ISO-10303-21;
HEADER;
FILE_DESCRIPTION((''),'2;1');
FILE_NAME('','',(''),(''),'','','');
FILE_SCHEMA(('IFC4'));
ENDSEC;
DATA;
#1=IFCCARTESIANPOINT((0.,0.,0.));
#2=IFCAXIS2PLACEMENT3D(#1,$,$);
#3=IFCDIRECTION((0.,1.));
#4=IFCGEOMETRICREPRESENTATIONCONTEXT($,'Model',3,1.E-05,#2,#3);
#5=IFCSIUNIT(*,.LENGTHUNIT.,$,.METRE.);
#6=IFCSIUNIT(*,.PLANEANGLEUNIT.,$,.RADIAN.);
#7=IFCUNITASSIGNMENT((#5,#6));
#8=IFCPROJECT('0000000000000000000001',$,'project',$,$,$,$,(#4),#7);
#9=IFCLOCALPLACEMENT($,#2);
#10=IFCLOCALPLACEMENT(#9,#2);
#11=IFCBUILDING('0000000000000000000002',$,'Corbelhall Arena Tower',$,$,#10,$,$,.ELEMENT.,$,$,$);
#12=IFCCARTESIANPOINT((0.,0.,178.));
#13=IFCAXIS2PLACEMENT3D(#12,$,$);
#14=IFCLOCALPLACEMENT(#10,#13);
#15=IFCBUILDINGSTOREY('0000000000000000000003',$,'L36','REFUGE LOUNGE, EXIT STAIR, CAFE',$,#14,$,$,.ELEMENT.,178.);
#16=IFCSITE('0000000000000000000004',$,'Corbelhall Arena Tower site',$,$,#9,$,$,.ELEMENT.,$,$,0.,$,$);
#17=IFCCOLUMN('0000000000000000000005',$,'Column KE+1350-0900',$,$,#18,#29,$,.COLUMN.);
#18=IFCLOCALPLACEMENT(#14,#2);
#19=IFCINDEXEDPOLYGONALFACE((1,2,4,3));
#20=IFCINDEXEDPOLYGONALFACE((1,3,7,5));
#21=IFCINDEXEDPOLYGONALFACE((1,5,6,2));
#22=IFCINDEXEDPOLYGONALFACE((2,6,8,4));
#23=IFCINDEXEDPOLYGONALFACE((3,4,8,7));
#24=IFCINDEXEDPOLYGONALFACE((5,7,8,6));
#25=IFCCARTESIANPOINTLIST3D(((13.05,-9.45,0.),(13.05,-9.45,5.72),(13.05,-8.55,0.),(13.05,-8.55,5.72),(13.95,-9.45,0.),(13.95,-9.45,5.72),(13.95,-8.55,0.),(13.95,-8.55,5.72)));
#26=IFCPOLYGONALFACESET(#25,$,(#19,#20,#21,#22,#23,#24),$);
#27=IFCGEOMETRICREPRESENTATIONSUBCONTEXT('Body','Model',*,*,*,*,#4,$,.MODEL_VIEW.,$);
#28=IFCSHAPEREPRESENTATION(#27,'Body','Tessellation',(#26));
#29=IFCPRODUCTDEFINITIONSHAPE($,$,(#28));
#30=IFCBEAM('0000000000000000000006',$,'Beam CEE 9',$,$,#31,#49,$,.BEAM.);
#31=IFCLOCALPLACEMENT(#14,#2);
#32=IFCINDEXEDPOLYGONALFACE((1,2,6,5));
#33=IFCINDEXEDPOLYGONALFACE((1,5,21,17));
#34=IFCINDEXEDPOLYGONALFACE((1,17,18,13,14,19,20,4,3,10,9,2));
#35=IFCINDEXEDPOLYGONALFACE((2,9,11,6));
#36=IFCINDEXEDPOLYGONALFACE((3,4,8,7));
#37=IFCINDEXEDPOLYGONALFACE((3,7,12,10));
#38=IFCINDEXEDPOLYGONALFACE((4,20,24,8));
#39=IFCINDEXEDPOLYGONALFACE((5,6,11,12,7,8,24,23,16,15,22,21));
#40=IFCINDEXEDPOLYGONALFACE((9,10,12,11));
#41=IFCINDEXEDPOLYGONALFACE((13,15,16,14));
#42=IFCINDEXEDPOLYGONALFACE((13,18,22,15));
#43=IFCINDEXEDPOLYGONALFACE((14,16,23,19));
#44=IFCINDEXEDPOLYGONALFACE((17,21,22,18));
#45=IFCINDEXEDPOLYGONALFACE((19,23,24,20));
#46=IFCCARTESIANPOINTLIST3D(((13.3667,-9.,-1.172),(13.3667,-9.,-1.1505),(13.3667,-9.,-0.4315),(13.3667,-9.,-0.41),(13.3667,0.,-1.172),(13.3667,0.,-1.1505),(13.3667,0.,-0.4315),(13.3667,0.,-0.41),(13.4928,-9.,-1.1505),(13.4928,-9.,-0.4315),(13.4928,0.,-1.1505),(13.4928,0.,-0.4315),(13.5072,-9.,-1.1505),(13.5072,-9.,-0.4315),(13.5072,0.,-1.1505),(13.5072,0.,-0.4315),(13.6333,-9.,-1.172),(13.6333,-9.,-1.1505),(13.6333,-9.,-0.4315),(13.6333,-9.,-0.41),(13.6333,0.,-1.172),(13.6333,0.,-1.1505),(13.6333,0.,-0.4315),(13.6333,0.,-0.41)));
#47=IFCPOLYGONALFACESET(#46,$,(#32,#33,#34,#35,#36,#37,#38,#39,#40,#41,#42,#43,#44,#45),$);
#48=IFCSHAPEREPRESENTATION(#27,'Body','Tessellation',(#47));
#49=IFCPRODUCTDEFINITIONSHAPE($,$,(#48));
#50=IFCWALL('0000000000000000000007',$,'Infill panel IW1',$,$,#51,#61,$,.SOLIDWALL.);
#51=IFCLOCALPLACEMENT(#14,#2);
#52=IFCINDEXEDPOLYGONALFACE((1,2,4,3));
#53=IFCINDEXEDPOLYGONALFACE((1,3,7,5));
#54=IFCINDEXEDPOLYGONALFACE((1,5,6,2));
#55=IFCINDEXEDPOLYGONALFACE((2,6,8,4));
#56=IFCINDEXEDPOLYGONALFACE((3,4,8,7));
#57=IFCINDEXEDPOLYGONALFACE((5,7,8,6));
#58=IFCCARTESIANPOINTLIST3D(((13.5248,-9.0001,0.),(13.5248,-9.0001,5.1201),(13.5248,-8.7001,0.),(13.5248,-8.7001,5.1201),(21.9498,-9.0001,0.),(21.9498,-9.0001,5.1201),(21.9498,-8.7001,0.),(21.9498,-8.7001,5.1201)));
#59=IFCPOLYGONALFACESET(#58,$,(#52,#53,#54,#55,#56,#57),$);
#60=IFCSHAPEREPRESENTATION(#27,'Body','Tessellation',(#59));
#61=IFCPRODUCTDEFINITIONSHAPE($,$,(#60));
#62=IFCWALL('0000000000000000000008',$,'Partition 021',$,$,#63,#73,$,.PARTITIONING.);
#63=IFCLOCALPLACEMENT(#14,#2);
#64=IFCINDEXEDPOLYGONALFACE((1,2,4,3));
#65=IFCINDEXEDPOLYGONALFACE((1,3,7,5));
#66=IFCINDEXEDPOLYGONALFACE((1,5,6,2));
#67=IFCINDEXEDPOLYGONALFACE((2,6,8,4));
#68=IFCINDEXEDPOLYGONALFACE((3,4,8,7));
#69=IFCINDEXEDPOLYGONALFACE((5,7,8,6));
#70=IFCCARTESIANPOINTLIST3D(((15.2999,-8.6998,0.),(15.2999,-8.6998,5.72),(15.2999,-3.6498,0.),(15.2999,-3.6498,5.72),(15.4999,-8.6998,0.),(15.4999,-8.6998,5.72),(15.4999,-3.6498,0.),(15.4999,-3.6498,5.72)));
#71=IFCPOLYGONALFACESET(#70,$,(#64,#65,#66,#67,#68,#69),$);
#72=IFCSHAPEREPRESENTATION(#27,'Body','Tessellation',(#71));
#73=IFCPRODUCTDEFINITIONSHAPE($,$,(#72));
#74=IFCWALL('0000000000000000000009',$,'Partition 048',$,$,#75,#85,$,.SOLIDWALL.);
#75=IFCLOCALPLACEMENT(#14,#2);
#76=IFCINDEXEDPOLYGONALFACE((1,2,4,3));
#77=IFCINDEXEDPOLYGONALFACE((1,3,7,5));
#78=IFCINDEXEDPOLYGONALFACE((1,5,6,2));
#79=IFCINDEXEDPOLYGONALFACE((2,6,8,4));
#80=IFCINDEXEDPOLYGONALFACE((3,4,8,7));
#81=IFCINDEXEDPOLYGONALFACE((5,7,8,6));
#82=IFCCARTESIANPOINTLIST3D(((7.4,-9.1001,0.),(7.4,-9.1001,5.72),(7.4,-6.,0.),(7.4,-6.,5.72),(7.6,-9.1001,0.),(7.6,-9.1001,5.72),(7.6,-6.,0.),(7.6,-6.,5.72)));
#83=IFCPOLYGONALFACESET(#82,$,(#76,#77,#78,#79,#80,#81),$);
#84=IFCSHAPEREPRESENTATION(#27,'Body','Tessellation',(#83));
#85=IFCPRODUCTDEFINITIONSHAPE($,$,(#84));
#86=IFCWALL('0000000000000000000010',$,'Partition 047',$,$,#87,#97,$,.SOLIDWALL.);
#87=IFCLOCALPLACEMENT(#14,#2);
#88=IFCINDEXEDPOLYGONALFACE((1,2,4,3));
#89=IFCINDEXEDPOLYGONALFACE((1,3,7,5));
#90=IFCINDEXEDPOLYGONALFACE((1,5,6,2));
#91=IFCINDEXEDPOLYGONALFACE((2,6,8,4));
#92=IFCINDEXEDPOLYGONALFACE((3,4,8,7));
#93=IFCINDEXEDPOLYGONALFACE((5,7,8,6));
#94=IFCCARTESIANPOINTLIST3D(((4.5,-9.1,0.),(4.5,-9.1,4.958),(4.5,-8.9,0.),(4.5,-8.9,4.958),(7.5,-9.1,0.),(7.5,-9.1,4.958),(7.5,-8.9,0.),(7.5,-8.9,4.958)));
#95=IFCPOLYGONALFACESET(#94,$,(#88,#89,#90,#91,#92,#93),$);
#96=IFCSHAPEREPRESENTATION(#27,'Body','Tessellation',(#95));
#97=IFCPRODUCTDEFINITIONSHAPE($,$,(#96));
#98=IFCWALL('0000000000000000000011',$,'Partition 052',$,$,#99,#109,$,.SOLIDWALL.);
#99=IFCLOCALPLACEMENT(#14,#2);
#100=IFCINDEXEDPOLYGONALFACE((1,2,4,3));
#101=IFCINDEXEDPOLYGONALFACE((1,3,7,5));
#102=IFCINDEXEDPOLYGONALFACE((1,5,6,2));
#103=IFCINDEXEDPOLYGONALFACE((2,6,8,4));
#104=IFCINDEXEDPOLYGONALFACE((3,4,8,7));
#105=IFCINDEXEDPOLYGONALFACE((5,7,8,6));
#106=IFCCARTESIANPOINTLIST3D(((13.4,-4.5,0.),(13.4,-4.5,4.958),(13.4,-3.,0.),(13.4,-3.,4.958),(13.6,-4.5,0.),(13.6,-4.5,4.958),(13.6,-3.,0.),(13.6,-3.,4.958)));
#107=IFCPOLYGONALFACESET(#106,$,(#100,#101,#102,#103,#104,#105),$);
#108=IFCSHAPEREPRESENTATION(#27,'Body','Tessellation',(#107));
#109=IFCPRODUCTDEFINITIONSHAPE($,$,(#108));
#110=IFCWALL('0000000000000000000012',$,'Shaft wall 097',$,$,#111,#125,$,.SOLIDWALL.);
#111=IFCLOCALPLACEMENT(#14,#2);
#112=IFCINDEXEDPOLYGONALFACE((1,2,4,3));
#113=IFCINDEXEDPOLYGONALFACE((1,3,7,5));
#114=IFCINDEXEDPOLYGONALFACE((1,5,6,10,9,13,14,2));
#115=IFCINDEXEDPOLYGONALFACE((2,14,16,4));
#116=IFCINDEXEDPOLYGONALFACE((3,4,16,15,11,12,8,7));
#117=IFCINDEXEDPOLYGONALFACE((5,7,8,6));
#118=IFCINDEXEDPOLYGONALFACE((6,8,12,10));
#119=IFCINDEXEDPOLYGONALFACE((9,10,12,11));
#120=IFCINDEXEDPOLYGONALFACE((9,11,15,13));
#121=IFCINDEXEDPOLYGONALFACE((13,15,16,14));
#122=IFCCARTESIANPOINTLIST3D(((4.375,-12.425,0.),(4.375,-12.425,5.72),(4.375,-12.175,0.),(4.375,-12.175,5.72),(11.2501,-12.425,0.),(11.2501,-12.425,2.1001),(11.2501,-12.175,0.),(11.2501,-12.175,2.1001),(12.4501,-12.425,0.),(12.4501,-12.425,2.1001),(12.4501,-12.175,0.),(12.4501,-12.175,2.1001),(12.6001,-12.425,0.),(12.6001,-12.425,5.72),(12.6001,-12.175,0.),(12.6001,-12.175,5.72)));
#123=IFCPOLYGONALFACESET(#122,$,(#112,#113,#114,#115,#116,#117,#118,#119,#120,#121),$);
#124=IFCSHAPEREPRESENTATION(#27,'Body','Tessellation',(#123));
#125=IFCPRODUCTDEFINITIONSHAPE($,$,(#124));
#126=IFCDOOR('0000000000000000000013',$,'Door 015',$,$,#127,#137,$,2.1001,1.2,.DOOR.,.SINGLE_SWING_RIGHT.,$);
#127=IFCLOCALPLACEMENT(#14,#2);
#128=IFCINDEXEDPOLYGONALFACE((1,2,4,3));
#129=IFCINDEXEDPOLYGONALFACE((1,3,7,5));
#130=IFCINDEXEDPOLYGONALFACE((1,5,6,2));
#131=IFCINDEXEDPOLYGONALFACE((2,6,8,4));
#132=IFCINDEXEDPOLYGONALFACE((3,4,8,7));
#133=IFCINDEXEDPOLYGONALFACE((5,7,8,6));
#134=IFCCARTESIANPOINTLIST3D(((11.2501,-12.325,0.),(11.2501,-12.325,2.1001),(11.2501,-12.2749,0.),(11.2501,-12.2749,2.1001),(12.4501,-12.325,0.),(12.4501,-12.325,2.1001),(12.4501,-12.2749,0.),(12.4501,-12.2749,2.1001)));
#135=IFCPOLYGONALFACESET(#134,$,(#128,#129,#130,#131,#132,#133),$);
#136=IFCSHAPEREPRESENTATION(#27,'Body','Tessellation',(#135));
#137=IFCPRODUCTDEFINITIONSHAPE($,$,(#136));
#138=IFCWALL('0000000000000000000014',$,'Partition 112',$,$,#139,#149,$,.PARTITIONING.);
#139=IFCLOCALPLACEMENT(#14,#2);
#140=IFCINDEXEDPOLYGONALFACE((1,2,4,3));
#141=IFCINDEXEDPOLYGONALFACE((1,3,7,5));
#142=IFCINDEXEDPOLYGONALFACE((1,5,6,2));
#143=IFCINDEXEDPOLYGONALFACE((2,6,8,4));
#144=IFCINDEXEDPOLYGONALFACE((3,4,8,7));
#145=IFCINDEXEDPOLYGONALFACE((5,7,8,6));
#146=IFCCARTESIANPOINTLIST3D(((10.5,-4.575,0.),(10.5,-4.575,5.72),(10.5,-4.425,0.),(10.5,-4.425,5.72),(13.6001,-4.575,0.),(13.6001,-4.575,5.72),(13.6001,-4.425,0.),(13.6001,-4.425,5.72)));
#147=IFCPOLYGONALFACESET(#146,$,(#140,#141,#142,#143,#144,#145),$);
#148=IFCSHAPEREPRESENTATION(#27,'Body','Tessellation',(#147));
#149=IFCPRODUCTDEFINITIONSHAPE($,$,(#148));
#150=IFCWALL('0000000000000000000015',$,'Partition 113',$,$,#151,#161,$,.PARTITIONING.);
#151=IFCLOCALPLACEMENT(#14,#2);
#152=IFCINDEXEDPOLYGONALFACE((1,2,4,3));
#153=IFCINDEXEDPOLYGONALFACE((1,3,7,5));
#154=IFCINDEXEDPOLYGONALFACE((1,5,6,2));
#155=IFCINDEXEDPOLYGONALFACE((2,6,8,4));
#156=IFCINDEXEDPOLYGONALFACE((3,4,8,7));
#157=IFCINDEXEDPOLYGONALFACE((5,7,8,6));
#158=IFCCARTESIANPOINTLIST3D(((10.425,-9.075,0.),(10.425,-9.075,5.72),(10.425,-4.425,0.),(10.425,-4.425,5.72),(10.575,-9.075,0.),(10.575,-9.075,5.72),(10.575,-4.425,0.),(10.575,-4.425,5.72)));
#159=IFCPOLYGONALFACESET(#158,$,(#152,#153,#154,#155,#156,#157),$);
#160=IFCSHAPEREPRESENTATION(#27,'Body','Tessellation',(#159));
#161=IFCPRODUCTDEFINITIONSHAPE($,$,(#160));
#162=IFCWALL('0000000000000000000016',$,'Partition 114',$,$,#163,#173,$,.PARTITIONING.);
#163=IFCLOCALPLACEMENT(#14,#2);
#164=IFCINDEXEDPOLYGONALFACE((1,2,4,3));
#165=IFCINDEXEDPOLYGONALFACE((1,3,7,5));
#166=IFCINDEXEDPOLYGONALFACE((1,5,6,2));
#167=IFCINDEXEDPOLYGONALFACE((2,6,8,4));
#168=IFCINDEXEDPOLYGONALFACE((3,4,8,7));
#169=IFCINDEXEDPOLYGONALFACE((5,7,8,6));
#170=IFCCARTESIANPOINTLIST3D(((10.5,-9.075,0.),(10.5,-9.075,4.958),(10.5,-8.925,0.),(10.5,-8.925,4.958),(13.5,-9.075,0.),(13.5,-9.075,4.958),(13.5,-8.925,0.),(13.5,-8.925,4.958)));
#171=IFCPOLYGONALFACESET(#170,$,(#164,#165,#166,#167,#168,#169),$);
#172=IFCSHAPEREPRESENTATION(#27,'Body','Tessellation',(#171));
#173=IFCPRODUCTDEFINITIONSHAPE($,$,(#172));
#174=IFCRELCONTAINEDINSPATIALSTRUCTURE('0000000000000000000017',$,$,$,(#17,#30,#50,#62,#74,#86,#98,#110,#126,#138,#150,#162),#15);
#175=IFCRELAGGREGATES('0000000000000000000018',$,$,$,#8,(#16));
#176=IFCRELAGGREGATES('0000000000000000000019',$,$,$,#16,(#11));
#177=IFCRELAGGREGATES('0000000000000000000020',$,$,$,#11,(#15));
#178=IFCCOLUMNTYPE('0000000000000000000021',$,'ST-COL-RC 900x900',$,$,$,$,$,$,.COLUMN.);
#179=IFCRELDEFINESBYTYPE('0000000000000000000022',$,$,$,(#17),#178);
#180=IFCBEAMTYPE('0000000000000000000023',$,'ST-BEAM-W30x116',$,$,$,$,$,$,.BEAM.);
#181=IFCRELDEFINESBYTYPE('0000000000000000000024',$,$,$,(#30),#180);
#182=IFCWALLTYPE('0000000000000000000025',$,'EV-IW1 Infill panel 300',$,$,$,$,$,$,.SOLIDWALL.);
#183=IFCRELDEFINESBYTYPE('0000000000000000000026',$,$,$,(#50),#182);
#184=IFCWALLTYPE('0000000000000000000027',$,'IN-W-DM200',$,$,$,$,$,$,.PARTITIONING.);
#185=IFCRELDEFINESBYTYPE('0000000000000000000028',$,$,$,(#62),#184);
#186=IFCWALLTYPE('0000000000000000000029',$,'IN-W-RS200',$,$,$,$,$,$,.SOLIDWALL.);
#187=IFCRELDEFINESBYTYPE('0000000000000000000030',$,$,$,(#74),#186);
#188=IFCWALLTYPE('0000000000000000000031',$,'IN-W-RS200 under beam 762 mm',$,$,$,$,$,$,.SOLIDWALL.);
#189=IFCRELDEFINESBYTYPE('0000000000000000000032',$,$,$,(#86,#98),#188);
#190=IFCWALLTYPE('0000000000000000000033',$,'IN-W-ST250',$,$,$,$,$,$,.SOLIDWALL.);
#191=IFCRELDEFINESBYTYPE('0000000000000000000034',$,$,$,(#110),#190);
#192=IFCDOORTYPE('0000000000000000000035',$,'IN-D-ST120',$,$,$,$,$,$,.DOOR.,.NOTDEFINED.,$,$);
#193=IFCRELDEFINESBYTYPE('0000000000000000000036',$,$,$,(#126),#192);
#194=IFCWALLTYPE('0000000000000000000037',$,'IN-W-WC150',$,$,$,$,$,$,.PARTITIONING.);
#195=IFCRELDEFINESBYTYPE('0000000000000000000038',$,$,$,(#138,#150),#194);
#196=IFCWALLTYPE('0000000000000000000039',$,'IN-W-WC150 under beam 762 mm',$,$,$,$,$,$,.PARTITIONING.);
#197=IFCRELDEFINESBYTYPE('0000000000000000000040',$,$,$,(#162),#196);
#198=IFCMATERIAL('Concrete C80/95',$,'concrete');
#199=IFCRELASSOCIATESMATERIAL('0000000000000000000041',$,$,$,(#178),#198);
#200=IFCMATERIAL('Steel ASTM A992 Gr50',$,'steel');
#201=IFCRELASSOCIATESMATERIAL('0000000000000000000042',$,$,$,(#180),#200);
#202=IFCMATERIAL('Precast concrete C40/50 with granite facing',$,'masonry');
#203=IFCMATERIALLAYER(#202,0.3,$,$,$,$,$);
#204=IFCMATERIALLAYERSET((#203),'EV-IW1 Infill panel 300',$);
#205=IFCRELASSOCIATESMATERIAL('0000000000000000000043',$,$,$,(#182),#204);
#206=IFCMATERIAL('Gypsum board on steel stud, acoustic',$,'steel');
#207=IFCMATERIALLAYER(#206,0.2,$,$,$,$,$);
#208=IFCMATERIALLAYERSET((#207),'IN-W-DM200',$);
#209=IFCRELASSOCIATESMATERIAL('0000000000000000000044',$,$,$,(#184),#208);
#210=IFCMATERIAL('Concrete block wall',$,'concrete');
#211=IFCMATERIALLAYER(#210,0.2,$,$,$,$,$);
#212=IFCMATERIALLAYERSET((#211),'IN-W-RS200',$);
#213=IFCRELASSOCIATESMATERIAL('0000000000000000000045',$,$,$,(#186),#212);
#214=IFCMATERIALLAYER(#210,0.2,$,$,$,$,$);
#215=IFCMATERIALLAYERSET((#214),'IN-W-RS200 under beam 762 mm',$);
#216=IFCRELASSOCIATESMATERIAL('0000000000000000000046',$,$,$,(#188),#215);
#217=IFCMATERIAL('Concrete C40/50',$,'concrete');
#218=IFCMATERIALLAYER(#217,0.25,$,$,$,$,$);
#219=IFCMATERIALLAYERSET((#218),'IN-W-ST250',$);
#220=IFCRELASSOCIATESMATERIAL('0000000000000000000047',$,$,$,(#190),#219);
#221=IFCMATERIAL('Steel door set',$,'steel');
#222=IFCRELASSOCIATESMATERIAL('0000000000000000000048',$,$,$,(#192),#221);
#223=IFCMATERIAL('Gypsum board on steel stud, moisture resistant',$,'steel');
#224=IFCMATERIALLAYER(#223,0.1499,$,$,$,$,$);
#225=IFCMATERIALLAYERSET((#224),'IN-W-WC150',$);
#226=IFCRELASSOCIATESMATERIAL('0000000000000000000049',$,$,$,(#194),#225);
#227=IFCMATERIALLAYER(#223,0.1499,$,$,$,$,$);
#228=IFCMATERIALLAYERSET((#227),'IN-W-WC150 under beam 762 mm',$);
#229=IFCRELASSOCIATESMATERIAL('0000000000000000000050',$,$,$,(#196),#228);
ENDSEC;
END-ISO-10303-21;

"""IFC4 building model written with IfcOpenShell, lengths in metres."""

from ifc_helpers import new_model, si_unit, direction, frame, frame_2d, origin, origin_2d, place, context, subcontext, project, spatial, rectangle, i_section, extrude, material, layer, layer_set, material_profile, profile_set, type_object, element, fill, save


model = new_model("IFC4")

# Units and contexts
model_context = context("Model", 3, precision=1e-05, world=origin(), true_north=direction((0.0, 1.0)))
body_context = subcontext(model_context, "Body", "Model", "MODEL_VIEW")
ifc_project = project(units=[si_unit("LENGTHUNIT", "METRE"), si_unit("PLANEANGLEUNIT", "RADIAN")], contexts=[model_context])

# Site, building, storey
site_placement = place(None, origin())
site = spatial("IfcSite", under=ifc_project, at=site_placement, Name="Corbelhall Arena Tower site", CompositionType="ELEMENT", RefElevation=0.0)
building_placement = place(site_placement, origin())
building = spatial("IfcBuilding", under=site, at=building_placement, Name="Corbelhall Arena Tower", CompositionType="ELEMENT")
storey_placement = place(building_placement, frame((0.0, 0.0, 178.0)))
storey = spatial("IfcBuildingStorey", under=building, at=storey_placement, Name="L36", Description="REFUGE LOUNGE, EXIT STAIR, CAFE", CompositionType="ELEMENT", Elevation=178.0)

# Column
ifc_material_1 = material(Name="Concrete C80/95", Category="concrete")
ifc_material_profile_1 = material_profile(ifc_material_1, rectangle(XDim=0.8999, YDim=0.8999, at=origin_2d()))
ifc_profile_set_1 = profile_set([ifc_material_profile_1], Name="Concrete C80/95")
column_type = type_object("IfcColumnType", Name="ST-COL-RC 900x900", PredefinedType="COLUMN", material=ifc_profile_set_1)
column_placement = place(storey_placement, frame((13.5, -9.0, 0.0), z_axis=(0.0, 0.0, 1.0), x_axis=(1.0, 0.0, 0.0)))
element("IfcColumn", 1, at=column_placement, inside=storey, type_object=column_type, Name="Column KE+1350-0900", PredefinedType="COLUMN", context=body_context, shape_type="SweptSolid", body=[
    extrude(rectangle(XDim=0.8999, YDim=0.8999, at=origin_2d()), origin(), (0.0, 0.0, 1.0), 5.72),
])

# Beam
ifc_material_2 = material(Name="Steel ASTM A992 Gr50", Category="steel")
ifc_material_profile_2 = material_profile(ifc_material_2, i_section(OverallWidth=0.2666, OverallDepth=0.762, WebThickness=0.0144, FlangeThickness=0.0215, at=origin_2d()))
ifc_profile_set_2 = profile_set([ifc_material_profile_2], Name="Steel ASTM A992 Gr50")
beam_type = type_object("IfcBeamType", Name="ST-BEAM-W30x116", PredefinedType="BEAM", material=ifc_profile_set_2)
beam_placement = place(storey_placement, frame((13.5, -9.0, -0.791), z_axis=(0.0, 1.0, 0.0), x_axis=(-1.0, 0.0, 0.0)))
element("IfcBeam", 2, at=beam_placement, inside=storey, type_object=beam_type, Name="Beam CEE 9", PredefinedType="BEAM", context=body_context, shape_type="SweptSolid", body=[
    extrude(i_section(OverallWidth=0.2666, OverallDepth=0.762, WebThickness=0.0144, FlangeThickness=0.0215, at=origin_2d()), origin(), (0.0, 0.0, 1.0), 9.0),
])

# Shared definitions
ifc_material_3 = material(Name="Precast concrete C40/50 with granite facing", Category="masonry")
ifc_layer_1 = layer(ifc_material_3, 0.3)
ifc_layer_set_1 = layer_set([ifc_layer_1], Name="EV-IW1 Infill panel 300")
wall_type_1 = type_object("IfcWallType", Name="EV-IW1 Infill panel 300", PredefinedType="SOLIDWALL", material=ifc_layer_set_1)

# Walls
wall_1_placement = place(storey_placement, frame((13.5249, -8.8501, 0.0), z_axis=(0.0, 0.0, 1.0), x_axis=(1.0, 0.0, 0.0)))
element("IfcWall", 3, at=wall_1_placement, inside=storey, type_object=wall_type_1, Name="Infill panel IW1", PredefinedType="SOLIDWALL", context=body_context, shape_type="SweptSolid", body=[
    extrude(rectangle(XDim=8.425, YDim=0.3, at=frame_2d((4.2124, 0.0))), origin(), (0.0, 0.0, 1.0), 5.1201),
])
ifc_material_4 = material(Name="Gypsum board on steel stud, acoustic", Category="steel")
ifc_layer_2 = layer(ifc_material_4, 0.2)
ifc_layer_set_2 = layer_set([ifc_layer_2], Name="IN-W-DM200")
wall_type_2 = type_object("IfcWallType", Name="IN-W-DM200", PredefinedType="PARTITIONING", material=ifc_layer_set_2)
wall_2_placement = place(storey_placement, frame((15.3999, -3.6499, 0.0), z_axis=(0.0, 0.0, 1.0), x_axis=(0.0, -1.0, 0.0)))
element("IfcWall", 4, at=wall_2_placement, inside=storey, type_object=wall_type_2, Name="Partition 021", PredefinedType="PARTITIONING", context=body_context, shape_type="SweptSolid", body=[
    extrude(rectangle(XDim=5.05, YDim=0.2, at=frame_2d((2.5249, 0.0))), origin(), (0.0, 0.0, 1.0), 5.72),
])

# Shared definitions
ifc_material_5 = material(Name="Steel door set", Category="steel")

# Wall
ifc_material_6 = material(Name="Concrete block wall", Category="concrete")
ifc_layer_3 = layer(ifc_material_6, 0.2)
ifc_layer_set_3 = layer_set([ifc_layer_3], Name="IN-W-RS200")
wall_type_3 = type_object("IfcWallType", Name="IN-W-RS200", PredefinedType="SOLIDWALL", material=ifc_layer_set_3)
wall_3_placement = place(storey_placement, frame((7.5, -6.0, 0.0), z_axis=(0.0, 0.0, 1.0), x_axis=(0.0, -1.0, 0.0)))
element("IfcWall", 5, at=wall_3_placement, inside=storey, type_object=wall_type_3, Name="Partition 048", PredefinedType="SOLIDWALL", context=body_context, shape_type="SweptSolid", body=[
    extrude(rectangle(XDim=3.1001, YDim=0.2, at=frame_2d((1.55, 0.0))), origin(), (0.0, 0.0, 1.0), 5.72),
])

# Walls
ifc_layer_4 = layer(ifc_material_6, 0.2)
ifc_layer_set_4 = layer_set([ifc_layer_4], Name="IN-W-RS200 under beam 762 mm")
wall_type_4 = type_object("IfcWallType", Name="IN-W-RS200 under beam 762 mm", PredefinedType="SOLIDWALL", material=ifc_layer_set_4)
wall_4_placement = place(storey_placement, frame((7.5, -9.0, 0.0), z_axis=(0.0, 0.0, 1.0), x_axis=(-1.0, 0.0, 0.0)))
element("IfcWall", 6, at=wall_4_placement, inside=storey, type_object=wall_type_4, Name="Partition 047", PredefinedType="SOLIDWALL", context=body_context, shape_type="SweptSolid", body=[
    extrude(rectangle(XDim=3.0, YDim=0.2, at=frame_2d((1.5, 0.0))), origin(), (0.0, 0.0, 1.0), 4.958),
])
wall_5_placement = place(storey_placement, frame((13.5, -3.0, 0.0), z_axis=(0.0, 0.0, 1.0), x_axis=(0.0, -1.0, 0.0)))
element("IfcWall", 7, at=wall_5_placement, inside=storey, type_object=wall_type_4, Name="Partition 052", PredefinedType="SOLIDWALL", context=body_context, shape_type="SweptSolid", body=[
    extrude(rectangle(XDim=1.5, YDim=0.2, at=frame_2d((0.75, 0.0))), origin(), (0.0, 0.0, 1.0), 4.958),
])

# Wall, opening, door
ifc_material_7 = material(Name="Concrete C40/50", Category="concrete")
ifc_layer_5 = layer(ifc_material_7, 0.25)
ifc_layer_set_5 = layer_set([ifc_layer_5], Name="IN-W-ST250")
wall_type_5 = type_object("IfcWallType", Name="IN-W-ST250", PredefinedType="SOLIDWALL", material=ifc_layer_set_5)
wall_6_placement = place(storey_placement, frame((12.6001, -12.3, 0.0), z_axis=(0.0, 0.0, 1.0), x_axis=(-1.0, 0.0, 0.0)))
wall_6 = element("IfcWall", 8, at=wall_6_placement, inside=storey, type_object=wall_type_5, Name="Shaft wall 097", PredefinedType="SOLIDWALL", context=body_context, shape_type="SweptSolid", body=[
    extrude(rectangle(XDim=8.2251, YDim=0.25, at=frame_2d((4.1125, 0.0))), origin(), (0.0, 0.0, 1.0), 5.72),
])
opening_1_placement = place(wall_6_placement, frame((0.1499, 0.0, 0.0)))
opening_1 = element("IfcOpeningElement", 9, at=opening_1_placement, cuts=wall_6, PredefinedType="OPENING", context=body_context, shape_type="SweptSolid", body=[
    extrude(rectangle(XDim=1.2, YDim=2.1001, at=frame_2d((0.6001, 1.05))), frame((0.0, 0.125, 0.0), z_axis=(0.0, -1.0, 0.0), x_axis=(1.0, 0.0, 0.0)), (0.0, 0.0, 1.0), 0.25),
])
door_type_1 = type_object("IfcDoorType", Name="IN-D-ST120", OperationType="NOTDEFINED", PredefinedType="DOOR", material=ifc_material_5)
door_1_placement = place(opening_1_placement, origin())
door_1 = element("IfcDoor", 10, at=door_1_placement, inside=storey, type_object=door_type_1, Name="Door 015", OperationType="SINGLE_SWING_RIGHT", OverallHeight=2.1001, OverallWidth=1.2, PredefinedType="DOOR", context=body_context, shape_type="SweptSolid", body=[
    extrude(rectangle(XDim=1.2, YDim=2.1001, at=frame_2d((0.6001, 1.05))), frame((0.0, 0.0249, 0.0), z_axis=(0.0, -1.0, 0.0), x_axis=(1.0, 0.0, 0.0)), (0.0, 0.0, 1.0), 0.05),
])
fill(opening_1, door_1)

# Walls
ifc_material_8 = material(Name="Gypsum board on steel stud, moisture resistant", Category="steel")
ifc_layer_6 = layer(ifc_material_8, 0.1499)
ifc_layer_set_6 = layer_set([ifc_layer_6], Name="IN-W-WC150")
wall_type_6 = type_object("IfcWallType", Name="IN-W-WC150", PredefinedType="PARTITIONING", material=ifc_layer_set_6)
wall_7_placement = place(storey_placement, frame((10.5, -4.5, 0.0), z_axis=(0.0, 0.0, 1.0), x_axis=(1.0, 0.0, 0.0)))
element("IfcWall", 11, at=wall_7_placement, inside=storey, type_object=wall_type_6, Name="Partition 112", PredefinedType="PARTITIONING", context=body_context, shape_type="SweptSolid", body=[
    extrude(rectangle(XDim=3.1001, YDim=0.1499, at=frame_2d((1.55, 0.0))), origin(), (0.0, 0.0, 1.0), 5.72),
])
wall_8_placement = place(storey_placement, frame((10.5, -4.425, 0.0), z_axis=(0.0, 0.0, 1.0), x_axis=(0.0, -1.0, 0.0)))
element("IfcWall", 12, at=wall_8_placement, inside=storey, type_object=wall_type_6, Name="Partition 113", PredefinedType="PARTITIONING", context=body_context, shape_type="SweptSolid", body=[
    extrude(rectangle(XDim=4.6499, YDim=0.1499, at=frame_2d((2.325, 0.0))), origin(), (0.0, 0.0, 1.0), 5.72),
])
ifc_layer_7 = layer(ifc_material_8, 0.1499)
ifc_layer_set_7 = layer_set([ifc_layer_7], Name="IN-W-WC150 under beam 762 mm")
wall_type_7 = type_object("IfcWallType", Name="IN-W-WC150 under beam 762 mm", PredefinedType="PARTITIONING", material=ifc_layer_set_7)
wall_9_placement = place(storey_placement, frame((13.5, -9.0, 0.0), z_axis=(0.0, 0.0, 1.0), x_axis=(-1.0, 0.0, 0.0)))
element("IfcWall", 13, at=wall_9_placement, inside=storey, type_object=wall_type_7, Name="Partition 114", PredefinedType="PARTITIONING", context=body_context, shape_type="SweptSolid", body=[
    extrude(rectangle(XDim=3.0, YDim=0.1499, at=frame_2d((1.5, 0.0))), origin(), (0.0, 0.0, 1.0), 4.958),
])

save(model, "model.ifc")
